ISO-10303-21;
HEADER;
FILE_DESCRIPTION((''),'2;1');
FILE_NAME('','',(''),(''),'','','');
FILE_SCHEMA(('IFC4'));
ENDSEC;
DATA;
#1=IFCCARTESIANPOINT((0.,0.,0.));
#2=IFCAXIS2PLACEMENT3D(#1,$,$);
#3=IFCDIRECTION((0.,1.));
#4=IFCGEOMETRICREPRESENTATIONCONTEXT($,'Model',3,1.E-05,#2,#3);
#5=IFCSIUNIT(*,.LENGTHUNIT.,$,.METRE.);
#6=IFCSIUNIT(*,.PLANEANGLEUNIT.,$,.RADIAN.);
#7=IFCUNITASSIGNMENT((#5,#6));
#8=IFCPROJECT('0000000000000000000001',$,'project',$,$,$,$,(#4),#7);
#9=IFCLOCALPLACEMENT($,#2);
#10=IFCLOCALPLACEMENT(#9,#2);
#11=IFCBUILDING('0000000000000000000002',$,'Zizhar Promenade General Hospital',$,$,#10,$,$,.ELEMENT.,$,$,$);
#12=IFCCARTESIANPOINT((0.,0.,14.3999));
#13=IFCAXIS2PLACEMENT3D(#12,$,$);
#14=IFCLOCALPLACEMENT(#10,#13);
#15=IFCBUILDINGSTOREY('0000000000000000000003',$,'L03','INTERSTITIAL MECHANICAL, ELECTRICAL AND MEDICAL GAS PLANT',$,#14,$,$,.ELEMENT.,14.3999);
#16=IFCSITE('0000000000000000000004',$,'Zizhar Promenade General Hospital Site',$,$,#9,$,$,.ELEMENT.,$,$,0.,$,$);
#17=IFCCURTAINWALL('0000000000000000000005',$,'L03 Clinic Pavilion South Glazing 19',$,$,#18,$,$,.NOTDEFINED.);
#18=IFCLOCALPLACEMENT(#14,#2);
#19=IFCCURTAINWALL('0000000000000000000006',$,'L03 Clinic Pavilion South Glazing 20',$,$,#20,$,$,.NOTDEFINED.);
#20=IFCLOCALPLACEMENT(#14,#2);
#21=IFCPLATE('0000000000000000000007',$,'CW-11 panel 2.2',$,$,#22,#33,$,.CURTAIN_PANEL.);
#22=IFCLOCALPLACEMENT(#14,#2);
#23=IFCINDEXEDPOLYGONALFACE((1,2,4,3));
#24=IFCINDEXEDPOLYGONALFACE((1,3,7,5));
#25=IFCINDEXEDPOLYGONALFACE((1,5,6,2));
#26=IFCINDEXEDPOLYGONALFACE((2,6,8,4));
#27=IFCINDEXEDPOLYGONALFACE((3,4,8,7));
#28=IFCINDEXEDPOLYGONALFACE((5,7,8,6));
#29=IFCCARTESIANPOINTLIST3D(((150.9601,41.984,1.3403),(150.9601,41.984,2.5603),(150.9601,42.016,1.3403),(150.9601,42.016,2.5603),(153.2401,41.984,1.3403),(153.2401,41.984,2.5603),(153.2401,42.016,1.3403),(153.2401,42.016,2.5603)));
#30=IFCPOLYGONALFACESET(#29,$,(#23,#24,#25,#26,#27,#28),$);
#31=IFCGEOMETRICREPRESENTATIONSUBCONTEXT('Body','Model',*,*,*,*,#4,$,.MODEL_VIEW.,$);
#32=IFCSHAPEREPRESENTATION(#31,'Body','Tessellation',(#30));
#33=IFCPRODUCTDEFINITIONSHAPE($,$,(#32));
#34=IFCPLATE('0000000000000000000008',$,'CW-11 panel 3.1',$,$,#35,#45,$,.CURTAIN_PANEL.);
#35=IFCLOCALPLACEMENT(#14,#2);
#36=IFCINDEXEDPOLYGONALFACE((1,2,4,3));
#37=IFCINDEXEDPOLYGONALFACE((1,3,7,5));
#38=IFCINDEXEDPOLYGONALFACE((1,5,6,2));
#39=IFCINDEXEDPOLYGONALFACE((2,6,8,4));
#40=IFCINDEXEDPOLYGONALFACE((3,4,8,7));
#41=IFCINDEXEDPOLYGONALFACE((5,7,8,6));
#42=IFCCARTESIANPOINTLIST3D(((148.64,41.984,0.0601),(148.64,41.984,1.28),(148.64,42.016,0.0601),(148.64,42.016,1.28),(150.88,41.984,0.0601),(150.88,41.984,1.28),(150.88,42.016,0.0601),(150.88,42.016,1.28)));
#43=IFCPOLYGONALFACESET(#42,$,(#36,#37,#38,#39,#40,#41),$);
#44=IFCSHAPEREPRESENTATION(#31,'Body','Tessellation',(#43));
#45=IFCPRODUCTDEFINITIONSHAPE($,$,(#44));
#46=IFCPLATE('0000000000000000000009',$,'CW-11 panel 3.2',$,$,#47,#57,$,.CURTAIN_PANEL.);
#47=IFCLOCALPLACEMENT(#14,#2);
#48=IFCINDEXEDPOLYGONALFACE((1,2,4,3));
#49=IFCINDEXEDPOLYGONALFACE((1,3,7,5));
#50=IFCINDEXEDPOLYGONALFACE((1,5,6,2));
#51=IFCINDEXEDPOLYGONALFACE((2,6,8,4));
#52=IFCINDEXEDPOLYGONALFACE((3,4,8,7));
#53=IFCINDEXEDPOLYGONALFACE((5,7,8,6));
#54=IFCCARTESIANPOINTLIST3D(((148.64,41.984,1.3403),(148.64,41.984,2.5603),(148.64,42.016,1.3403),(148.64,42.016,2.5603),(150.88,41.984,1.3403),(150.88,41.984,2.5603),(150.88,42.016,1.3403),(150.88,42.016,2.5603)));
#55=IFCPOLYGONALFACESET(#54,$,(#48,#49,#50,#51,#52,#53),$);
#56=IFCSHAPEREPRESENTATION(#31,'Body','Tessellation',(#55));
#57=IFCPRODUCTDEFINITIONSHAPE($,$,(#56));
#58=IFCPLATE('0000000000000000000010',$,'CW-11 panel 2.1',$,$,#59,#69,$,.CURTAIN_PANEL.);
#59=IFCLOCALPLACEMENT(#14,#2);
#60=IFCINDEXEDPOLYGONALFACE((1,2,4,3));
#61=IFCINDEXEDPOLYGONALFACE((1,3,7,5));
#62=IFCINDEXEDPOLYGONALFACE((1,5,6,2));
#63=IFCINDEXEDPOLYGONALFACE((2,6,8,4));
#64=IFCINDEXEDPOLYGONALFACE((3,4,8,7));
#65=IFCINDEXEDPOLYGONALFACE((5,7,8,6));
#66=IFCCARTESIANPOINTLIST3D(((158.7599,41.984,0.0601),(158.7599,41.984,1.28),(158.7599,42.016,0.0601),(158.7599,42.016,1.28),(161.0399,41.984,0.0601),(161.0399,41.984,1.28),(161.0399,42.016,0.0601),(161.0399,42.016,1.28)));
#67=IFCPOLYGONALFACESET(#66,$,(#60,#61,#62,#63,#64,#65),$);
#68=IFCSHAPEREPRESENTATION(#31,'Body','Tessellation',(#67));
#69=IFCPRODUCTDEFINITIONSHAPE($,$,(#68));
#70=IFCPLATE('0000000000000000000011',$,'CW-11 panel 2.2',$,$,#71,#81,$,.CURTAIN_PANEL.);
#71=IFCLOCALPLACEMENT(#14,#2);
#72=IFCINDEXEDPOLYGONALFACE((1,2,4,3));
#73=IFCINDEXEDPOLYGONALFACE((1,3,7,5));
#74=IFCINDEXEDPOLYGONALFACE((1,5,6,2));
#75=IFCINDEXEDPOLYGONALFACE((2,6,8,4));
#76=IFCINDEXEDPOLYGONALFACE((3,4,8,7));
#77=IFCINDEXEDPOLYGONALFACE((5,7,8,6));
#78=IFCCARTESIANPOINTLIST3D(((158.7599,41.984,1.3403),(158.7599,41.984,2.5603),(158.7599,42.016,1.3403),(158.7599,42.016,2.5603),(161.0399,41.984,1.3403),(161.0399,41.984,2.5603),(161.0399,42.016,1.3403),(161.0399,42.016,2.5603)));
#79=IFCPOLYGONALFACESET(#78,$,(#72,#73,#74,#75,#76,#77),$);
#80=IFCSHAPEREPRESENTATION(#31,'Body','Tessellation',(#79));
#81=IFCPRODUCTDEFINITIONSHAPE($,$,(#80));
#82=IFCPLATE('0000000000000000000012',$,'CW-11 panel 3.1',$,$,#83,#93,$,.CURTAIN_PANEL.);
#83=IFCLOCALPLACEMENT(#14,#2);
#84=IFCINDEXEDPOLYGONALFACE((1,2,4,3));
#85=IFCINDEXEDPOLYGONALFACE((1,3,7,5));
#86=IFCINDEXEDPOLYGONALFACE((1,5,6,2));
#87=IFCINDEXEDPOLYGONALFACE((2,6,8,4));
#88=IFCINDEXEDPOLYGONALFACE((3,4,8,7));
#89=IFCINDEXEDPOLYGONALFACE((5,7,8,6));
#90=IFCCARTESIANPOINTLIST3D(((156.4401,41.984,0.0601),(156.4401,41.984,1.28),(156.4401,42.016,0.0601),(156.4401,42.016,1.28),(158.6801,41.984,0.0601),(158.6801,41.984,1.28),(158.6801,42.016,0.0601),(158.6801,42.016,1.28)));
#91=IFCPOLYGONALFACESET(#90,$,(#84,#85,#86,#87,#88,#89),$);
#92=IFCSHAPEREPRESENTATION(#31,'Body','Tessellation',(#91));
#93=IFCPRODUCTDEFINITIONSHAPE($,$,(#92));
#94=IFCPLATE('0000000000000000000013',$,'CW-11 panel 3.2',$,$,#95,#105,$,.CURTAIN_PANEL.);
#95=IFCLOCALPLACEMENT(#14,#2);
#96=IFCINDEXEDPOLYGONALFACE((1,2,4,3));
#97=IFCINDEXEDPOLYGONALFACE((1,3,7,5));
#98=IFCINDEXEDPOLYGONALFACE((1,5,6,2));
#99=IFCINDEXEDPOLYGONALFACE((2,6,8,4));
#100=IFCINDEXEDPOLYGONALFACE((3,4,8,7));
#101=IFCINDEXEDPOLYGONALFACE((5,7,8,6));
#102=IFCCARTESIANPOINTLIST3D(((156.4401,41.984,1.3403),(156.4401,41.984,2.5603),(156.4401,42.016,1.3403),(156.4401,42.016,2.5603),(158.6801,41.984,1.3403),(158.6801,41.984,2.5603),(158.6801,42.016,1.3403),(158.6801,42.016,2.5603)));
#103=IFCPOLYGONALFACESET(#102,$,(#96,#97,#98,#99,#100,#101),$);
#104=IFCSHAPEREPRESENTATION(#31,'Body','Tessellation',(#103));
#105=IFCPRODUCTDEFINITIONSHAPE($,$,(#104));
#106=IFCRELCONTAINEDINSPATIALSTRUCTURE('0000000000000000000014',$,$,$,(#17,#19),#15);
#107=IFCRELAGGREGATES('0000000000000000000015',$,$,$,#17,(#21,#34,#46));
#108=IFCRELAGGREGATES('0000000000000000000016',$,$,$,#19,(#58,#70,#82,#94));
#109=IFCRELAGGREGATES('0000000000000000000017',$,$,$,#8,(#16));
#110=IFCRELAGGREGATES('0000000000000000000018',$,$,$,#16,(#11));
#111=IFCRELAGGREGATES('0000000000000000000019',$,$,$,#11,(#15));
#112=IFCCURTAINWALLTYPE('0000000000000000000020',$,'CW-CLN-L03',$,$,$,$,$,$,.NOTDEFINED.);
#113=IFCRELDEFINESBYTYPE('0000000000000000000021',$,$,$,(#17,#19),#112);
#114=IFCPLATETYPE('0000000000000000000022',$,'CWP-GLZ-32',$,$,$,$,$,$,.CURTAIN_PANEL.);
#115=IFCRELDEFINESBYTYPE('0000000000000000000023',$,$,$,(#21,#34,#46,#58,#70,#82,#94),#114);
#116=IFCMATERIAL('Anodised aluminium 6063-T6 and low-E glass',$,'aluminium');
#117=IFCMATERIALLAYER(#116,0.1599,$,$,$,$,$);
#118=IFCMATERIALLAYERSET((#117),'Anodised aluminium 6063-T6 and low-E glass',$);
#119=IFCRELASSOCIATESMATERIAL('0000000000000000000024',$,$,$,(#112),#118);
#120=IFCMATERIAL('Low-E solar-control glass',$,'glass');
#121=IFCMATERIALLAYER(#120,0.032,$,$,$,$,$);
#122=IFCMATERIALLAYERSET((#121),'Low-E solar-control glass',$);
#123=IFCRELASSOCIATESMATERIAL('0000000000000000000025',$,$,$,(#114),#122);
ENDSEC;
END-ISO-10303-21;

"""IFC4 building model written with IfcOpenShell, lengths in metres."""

from ifc_helpers import new_model, si_unit, direction, frame, origin, origin_2d, place, context, subcontext, project, spatial, rectangle, extrude, material, layer, layer_set, type_object, element, aggregate, save


model = new_model("IFC4")

# Units and contexts
model_context = context("Model", 3, precision=1e-05, world=origin(), true_north=direction((0.0, 1.0)))
body_context = subcontext(model_context, "Body", "Model", "MODEL_VIEW")
ifc_project = project(units=[si_unit("LENGTHUNIT", "METRE"), si_unit("PLANEANGLEUNIT", "RADIAN")], contexts=[model_context])

# Site, building, storey
site_placement = place(None, origin())
site = spatial("IfcSite", under=ifc_project, at=site_placement, Name="Zizhar Promenade General Hospital Site", CompositionType="ELEMENT", RefElevation=0.0)
building_placement = place(site_placement, origin())
building = spatial("IfcBuilding", under=site, at=building_placement, Name="Zizhar Promenade General Hospital", CompositionType="ELEMENT")
storey_placement = place(building_placement, frame((0.0, 0.0, 14.3999)))
storey = spatial("IfcBuildingStorey", under=building, at=storey_placement, Name="L03", Description="INTERSTITIAL MECHANICAL, ELECTRICAL AND MEDICAL GAS PLANT", CompositionType="ELEMENT", Elevation=14.3999)

# Curtain walls
ifc_material_1 = material(Name="Anodised aluminium 6063-T6 and low-E glass", Category="aluminium")
ifc_layer_1 = layer(ifc_material_1, 0.1599)
ifc_layer_set_1 = layer_set([ifc_layer_1], Name="Anodised aluminium 6063-T6 and low-E glass")
curtain_wall_type = type_object("IfcCurtainWallType", Name="CW-CLN-L03", PredefinedType="NOTDEFINED", material=ifc_layer_set_1)
curtain_wall_1_placement = place(storey_placement, origin())
curtain_wall_1 = element("IfcCurtainWall", 1, at=curtain_wall_1_placement, inside=storey, type_object=curtain_wall_type, Name="L03 Clinic Pavilion South Glazing 19", PredefinedType="NOTDEFINED")
curtain_wall_2_placement = place(storey_placement, origin())
curtain_wall_2 = element("IfcCurtainWall", 2, at=curtain_wall_2_placement, inside=storey, type_object=curtain_wall_type, Name="L03 Clinic Pavilion South Glazing 20", PredefinedType="NOTDEFINED")

# Plates
ifc_material_2 = material(Name="Low-E solar-control glass", Category="glass")
ifc_layer_2 = layer(ifc_material_2, 0.032)
ifc_layer_set_2 = layer_set([ifc_layer_2], Name="Low-E solar-control glass")
plate_type = type_object("IfcPlateType", Name="CWP-GLZ-32", PredefinedType="CURTAIN_PANEL", material=ifc_layer_set_2)
plate_1_placement = place(storey_placement, frame((152.1001, 42.0, 1.3403), z_axis=(0.0, 0.0, 1.0), x_axis=(-1.0, 0.0, 0.0)))
plate_1 = element("IfcPlate", 3, at=plate_1_placement, type_object=plate_type, Name="CW-11 panel 2.2", PredefinedType="CURTAIN_PANEL", context=body_context, shape_type="SweptSolid", body=[
    extrude(rectangle(XDim=2.28, YDim=0.032, at=origin_2d()), origin(), (0.0, 0.0, 1.0), 1.22),
])
plate_2_placement = place(storey_placement, frame((149.76, 42.0, 0.0601), z_axis=(0.0, 0.0, 1.0), x_axis=(-1.0, 0.0, 0.0)))
plate_2 = element("IfcPlate", 4, at=plate_2_placement, type_object=plate_type, Name="CW-11 panel 3.1", PredefinedType="CURTAIN_PANEL", context=body_context, shape_type="SweptSolid", body=[
    extrude(rectangle(XDim=2.24, YDim=0.032, at=origin_2d()), origin(), (0.0, 0.0, 1.0), 1.22),
])
plate_3_placement = place(storey_placement, frame((149.76, 42.0, 1.3403), z_axis=(0.0, 0.0, 1.0), x_axis=(-1.0, 0.0, 0.0)))
plate_3 = element("IfcPlate", 5, at=plate_3_placement, type_object=plate_type, Name="CW-11 panel 3.2", PredefinedType="CURTAIN_PANEL", context=body_context, shape_type="SweptSolid", body=[
    extrude(rectangle(XDim=2.24, YDim=0.032, at=origin_2d()), origin(), (0.0, 0.0, 1.0), 1.22),
])
aggregate(curtain_wall_1, [plate_1, plate_2, plate_3])
plate_4_placement = place(storey_placement, frame((159.8999, 42.0, 0.0601), z_axis=(0.0, 0.0, 1.0), x_axis=(-1.0, 0.0, 0.0)))
plate_4 = element("IfcPlate", 6, at=plate_4_placement, type_object=plate_type, Name="CW-11 panel 2.1", PredefinedType="CURTAIN_PANEL", context=body_context, shape_type="SweptSolid", body=[
    extrude(rectangle(XDim=2.28, YDim=0.032, at=origin_2d()), origin(), (0.0, 0.0, 1.0), 1.22),
])
plate_5_placement = place(storey_placement, frame((159.8999, 42.0, 1.3403), z_axis=(0.0, 0.0, 1.0), x_axis=(-1.0, 0.0, 0.0)))
plate_5 = element("IfcPlate", 7, at=plate_5_placement, type_object=plate_type, Name="CW-11 panel 2.2", PredefinedType="CURTAIN_PANEL", context=body_context, shape_type="SweptSolid", body=[
    extrude(rectangle(XDim=2.28, YDim=0.032, at=origin_2d()), origin(), (0.0, 0.0, 1.0), 1.22),
])
plate_6_placement = place(storey_placement, frame((157.5601, 42.0, 0.0601), z_axis=(0.0, 0.0, 1.0), x_axis=(-1.0, 0.0, 0.0)))
plate_6 = element("IfcPlate", 8, at=plate_6_placement, type_object=plate_type, Name="CW-11 panel 3.1", PredefinedType="CURTAIN_PANEL", context=body_context, shape_type="SweptSolid", body=[
    extrude(rectangle(XDim=2.24, YDim=0.032, at=origin_2d()), origin(), (0.0, 0.0, 1.0), 1.22),
])
plate_7_placement = place(storey_placement, frame((157.5601, 42.0, 1.3403), z_axis=(0.0, 0.0, 1.0), x_axis=(-1.0, 0.0, 0.0)))
plate_7 = element("IfcPlate", 9, at=plate_7_placement, type_object=plate_type, Name="CW-11 panel 3.2", PredefinedType="CURTAIN_PANEL", context=body_context, shape_type="SweptSolid", body=[
    extrude(rectangle(XDim=2.24, YDim=0.032, at=origin_2d()), origin(), (0.0, 0.0, 1.0), 1.22),
])
aggregate(curtain_wall_2, [plate_4, plate_5, plate_6, plate_7])

save(model, "model.ifc")
